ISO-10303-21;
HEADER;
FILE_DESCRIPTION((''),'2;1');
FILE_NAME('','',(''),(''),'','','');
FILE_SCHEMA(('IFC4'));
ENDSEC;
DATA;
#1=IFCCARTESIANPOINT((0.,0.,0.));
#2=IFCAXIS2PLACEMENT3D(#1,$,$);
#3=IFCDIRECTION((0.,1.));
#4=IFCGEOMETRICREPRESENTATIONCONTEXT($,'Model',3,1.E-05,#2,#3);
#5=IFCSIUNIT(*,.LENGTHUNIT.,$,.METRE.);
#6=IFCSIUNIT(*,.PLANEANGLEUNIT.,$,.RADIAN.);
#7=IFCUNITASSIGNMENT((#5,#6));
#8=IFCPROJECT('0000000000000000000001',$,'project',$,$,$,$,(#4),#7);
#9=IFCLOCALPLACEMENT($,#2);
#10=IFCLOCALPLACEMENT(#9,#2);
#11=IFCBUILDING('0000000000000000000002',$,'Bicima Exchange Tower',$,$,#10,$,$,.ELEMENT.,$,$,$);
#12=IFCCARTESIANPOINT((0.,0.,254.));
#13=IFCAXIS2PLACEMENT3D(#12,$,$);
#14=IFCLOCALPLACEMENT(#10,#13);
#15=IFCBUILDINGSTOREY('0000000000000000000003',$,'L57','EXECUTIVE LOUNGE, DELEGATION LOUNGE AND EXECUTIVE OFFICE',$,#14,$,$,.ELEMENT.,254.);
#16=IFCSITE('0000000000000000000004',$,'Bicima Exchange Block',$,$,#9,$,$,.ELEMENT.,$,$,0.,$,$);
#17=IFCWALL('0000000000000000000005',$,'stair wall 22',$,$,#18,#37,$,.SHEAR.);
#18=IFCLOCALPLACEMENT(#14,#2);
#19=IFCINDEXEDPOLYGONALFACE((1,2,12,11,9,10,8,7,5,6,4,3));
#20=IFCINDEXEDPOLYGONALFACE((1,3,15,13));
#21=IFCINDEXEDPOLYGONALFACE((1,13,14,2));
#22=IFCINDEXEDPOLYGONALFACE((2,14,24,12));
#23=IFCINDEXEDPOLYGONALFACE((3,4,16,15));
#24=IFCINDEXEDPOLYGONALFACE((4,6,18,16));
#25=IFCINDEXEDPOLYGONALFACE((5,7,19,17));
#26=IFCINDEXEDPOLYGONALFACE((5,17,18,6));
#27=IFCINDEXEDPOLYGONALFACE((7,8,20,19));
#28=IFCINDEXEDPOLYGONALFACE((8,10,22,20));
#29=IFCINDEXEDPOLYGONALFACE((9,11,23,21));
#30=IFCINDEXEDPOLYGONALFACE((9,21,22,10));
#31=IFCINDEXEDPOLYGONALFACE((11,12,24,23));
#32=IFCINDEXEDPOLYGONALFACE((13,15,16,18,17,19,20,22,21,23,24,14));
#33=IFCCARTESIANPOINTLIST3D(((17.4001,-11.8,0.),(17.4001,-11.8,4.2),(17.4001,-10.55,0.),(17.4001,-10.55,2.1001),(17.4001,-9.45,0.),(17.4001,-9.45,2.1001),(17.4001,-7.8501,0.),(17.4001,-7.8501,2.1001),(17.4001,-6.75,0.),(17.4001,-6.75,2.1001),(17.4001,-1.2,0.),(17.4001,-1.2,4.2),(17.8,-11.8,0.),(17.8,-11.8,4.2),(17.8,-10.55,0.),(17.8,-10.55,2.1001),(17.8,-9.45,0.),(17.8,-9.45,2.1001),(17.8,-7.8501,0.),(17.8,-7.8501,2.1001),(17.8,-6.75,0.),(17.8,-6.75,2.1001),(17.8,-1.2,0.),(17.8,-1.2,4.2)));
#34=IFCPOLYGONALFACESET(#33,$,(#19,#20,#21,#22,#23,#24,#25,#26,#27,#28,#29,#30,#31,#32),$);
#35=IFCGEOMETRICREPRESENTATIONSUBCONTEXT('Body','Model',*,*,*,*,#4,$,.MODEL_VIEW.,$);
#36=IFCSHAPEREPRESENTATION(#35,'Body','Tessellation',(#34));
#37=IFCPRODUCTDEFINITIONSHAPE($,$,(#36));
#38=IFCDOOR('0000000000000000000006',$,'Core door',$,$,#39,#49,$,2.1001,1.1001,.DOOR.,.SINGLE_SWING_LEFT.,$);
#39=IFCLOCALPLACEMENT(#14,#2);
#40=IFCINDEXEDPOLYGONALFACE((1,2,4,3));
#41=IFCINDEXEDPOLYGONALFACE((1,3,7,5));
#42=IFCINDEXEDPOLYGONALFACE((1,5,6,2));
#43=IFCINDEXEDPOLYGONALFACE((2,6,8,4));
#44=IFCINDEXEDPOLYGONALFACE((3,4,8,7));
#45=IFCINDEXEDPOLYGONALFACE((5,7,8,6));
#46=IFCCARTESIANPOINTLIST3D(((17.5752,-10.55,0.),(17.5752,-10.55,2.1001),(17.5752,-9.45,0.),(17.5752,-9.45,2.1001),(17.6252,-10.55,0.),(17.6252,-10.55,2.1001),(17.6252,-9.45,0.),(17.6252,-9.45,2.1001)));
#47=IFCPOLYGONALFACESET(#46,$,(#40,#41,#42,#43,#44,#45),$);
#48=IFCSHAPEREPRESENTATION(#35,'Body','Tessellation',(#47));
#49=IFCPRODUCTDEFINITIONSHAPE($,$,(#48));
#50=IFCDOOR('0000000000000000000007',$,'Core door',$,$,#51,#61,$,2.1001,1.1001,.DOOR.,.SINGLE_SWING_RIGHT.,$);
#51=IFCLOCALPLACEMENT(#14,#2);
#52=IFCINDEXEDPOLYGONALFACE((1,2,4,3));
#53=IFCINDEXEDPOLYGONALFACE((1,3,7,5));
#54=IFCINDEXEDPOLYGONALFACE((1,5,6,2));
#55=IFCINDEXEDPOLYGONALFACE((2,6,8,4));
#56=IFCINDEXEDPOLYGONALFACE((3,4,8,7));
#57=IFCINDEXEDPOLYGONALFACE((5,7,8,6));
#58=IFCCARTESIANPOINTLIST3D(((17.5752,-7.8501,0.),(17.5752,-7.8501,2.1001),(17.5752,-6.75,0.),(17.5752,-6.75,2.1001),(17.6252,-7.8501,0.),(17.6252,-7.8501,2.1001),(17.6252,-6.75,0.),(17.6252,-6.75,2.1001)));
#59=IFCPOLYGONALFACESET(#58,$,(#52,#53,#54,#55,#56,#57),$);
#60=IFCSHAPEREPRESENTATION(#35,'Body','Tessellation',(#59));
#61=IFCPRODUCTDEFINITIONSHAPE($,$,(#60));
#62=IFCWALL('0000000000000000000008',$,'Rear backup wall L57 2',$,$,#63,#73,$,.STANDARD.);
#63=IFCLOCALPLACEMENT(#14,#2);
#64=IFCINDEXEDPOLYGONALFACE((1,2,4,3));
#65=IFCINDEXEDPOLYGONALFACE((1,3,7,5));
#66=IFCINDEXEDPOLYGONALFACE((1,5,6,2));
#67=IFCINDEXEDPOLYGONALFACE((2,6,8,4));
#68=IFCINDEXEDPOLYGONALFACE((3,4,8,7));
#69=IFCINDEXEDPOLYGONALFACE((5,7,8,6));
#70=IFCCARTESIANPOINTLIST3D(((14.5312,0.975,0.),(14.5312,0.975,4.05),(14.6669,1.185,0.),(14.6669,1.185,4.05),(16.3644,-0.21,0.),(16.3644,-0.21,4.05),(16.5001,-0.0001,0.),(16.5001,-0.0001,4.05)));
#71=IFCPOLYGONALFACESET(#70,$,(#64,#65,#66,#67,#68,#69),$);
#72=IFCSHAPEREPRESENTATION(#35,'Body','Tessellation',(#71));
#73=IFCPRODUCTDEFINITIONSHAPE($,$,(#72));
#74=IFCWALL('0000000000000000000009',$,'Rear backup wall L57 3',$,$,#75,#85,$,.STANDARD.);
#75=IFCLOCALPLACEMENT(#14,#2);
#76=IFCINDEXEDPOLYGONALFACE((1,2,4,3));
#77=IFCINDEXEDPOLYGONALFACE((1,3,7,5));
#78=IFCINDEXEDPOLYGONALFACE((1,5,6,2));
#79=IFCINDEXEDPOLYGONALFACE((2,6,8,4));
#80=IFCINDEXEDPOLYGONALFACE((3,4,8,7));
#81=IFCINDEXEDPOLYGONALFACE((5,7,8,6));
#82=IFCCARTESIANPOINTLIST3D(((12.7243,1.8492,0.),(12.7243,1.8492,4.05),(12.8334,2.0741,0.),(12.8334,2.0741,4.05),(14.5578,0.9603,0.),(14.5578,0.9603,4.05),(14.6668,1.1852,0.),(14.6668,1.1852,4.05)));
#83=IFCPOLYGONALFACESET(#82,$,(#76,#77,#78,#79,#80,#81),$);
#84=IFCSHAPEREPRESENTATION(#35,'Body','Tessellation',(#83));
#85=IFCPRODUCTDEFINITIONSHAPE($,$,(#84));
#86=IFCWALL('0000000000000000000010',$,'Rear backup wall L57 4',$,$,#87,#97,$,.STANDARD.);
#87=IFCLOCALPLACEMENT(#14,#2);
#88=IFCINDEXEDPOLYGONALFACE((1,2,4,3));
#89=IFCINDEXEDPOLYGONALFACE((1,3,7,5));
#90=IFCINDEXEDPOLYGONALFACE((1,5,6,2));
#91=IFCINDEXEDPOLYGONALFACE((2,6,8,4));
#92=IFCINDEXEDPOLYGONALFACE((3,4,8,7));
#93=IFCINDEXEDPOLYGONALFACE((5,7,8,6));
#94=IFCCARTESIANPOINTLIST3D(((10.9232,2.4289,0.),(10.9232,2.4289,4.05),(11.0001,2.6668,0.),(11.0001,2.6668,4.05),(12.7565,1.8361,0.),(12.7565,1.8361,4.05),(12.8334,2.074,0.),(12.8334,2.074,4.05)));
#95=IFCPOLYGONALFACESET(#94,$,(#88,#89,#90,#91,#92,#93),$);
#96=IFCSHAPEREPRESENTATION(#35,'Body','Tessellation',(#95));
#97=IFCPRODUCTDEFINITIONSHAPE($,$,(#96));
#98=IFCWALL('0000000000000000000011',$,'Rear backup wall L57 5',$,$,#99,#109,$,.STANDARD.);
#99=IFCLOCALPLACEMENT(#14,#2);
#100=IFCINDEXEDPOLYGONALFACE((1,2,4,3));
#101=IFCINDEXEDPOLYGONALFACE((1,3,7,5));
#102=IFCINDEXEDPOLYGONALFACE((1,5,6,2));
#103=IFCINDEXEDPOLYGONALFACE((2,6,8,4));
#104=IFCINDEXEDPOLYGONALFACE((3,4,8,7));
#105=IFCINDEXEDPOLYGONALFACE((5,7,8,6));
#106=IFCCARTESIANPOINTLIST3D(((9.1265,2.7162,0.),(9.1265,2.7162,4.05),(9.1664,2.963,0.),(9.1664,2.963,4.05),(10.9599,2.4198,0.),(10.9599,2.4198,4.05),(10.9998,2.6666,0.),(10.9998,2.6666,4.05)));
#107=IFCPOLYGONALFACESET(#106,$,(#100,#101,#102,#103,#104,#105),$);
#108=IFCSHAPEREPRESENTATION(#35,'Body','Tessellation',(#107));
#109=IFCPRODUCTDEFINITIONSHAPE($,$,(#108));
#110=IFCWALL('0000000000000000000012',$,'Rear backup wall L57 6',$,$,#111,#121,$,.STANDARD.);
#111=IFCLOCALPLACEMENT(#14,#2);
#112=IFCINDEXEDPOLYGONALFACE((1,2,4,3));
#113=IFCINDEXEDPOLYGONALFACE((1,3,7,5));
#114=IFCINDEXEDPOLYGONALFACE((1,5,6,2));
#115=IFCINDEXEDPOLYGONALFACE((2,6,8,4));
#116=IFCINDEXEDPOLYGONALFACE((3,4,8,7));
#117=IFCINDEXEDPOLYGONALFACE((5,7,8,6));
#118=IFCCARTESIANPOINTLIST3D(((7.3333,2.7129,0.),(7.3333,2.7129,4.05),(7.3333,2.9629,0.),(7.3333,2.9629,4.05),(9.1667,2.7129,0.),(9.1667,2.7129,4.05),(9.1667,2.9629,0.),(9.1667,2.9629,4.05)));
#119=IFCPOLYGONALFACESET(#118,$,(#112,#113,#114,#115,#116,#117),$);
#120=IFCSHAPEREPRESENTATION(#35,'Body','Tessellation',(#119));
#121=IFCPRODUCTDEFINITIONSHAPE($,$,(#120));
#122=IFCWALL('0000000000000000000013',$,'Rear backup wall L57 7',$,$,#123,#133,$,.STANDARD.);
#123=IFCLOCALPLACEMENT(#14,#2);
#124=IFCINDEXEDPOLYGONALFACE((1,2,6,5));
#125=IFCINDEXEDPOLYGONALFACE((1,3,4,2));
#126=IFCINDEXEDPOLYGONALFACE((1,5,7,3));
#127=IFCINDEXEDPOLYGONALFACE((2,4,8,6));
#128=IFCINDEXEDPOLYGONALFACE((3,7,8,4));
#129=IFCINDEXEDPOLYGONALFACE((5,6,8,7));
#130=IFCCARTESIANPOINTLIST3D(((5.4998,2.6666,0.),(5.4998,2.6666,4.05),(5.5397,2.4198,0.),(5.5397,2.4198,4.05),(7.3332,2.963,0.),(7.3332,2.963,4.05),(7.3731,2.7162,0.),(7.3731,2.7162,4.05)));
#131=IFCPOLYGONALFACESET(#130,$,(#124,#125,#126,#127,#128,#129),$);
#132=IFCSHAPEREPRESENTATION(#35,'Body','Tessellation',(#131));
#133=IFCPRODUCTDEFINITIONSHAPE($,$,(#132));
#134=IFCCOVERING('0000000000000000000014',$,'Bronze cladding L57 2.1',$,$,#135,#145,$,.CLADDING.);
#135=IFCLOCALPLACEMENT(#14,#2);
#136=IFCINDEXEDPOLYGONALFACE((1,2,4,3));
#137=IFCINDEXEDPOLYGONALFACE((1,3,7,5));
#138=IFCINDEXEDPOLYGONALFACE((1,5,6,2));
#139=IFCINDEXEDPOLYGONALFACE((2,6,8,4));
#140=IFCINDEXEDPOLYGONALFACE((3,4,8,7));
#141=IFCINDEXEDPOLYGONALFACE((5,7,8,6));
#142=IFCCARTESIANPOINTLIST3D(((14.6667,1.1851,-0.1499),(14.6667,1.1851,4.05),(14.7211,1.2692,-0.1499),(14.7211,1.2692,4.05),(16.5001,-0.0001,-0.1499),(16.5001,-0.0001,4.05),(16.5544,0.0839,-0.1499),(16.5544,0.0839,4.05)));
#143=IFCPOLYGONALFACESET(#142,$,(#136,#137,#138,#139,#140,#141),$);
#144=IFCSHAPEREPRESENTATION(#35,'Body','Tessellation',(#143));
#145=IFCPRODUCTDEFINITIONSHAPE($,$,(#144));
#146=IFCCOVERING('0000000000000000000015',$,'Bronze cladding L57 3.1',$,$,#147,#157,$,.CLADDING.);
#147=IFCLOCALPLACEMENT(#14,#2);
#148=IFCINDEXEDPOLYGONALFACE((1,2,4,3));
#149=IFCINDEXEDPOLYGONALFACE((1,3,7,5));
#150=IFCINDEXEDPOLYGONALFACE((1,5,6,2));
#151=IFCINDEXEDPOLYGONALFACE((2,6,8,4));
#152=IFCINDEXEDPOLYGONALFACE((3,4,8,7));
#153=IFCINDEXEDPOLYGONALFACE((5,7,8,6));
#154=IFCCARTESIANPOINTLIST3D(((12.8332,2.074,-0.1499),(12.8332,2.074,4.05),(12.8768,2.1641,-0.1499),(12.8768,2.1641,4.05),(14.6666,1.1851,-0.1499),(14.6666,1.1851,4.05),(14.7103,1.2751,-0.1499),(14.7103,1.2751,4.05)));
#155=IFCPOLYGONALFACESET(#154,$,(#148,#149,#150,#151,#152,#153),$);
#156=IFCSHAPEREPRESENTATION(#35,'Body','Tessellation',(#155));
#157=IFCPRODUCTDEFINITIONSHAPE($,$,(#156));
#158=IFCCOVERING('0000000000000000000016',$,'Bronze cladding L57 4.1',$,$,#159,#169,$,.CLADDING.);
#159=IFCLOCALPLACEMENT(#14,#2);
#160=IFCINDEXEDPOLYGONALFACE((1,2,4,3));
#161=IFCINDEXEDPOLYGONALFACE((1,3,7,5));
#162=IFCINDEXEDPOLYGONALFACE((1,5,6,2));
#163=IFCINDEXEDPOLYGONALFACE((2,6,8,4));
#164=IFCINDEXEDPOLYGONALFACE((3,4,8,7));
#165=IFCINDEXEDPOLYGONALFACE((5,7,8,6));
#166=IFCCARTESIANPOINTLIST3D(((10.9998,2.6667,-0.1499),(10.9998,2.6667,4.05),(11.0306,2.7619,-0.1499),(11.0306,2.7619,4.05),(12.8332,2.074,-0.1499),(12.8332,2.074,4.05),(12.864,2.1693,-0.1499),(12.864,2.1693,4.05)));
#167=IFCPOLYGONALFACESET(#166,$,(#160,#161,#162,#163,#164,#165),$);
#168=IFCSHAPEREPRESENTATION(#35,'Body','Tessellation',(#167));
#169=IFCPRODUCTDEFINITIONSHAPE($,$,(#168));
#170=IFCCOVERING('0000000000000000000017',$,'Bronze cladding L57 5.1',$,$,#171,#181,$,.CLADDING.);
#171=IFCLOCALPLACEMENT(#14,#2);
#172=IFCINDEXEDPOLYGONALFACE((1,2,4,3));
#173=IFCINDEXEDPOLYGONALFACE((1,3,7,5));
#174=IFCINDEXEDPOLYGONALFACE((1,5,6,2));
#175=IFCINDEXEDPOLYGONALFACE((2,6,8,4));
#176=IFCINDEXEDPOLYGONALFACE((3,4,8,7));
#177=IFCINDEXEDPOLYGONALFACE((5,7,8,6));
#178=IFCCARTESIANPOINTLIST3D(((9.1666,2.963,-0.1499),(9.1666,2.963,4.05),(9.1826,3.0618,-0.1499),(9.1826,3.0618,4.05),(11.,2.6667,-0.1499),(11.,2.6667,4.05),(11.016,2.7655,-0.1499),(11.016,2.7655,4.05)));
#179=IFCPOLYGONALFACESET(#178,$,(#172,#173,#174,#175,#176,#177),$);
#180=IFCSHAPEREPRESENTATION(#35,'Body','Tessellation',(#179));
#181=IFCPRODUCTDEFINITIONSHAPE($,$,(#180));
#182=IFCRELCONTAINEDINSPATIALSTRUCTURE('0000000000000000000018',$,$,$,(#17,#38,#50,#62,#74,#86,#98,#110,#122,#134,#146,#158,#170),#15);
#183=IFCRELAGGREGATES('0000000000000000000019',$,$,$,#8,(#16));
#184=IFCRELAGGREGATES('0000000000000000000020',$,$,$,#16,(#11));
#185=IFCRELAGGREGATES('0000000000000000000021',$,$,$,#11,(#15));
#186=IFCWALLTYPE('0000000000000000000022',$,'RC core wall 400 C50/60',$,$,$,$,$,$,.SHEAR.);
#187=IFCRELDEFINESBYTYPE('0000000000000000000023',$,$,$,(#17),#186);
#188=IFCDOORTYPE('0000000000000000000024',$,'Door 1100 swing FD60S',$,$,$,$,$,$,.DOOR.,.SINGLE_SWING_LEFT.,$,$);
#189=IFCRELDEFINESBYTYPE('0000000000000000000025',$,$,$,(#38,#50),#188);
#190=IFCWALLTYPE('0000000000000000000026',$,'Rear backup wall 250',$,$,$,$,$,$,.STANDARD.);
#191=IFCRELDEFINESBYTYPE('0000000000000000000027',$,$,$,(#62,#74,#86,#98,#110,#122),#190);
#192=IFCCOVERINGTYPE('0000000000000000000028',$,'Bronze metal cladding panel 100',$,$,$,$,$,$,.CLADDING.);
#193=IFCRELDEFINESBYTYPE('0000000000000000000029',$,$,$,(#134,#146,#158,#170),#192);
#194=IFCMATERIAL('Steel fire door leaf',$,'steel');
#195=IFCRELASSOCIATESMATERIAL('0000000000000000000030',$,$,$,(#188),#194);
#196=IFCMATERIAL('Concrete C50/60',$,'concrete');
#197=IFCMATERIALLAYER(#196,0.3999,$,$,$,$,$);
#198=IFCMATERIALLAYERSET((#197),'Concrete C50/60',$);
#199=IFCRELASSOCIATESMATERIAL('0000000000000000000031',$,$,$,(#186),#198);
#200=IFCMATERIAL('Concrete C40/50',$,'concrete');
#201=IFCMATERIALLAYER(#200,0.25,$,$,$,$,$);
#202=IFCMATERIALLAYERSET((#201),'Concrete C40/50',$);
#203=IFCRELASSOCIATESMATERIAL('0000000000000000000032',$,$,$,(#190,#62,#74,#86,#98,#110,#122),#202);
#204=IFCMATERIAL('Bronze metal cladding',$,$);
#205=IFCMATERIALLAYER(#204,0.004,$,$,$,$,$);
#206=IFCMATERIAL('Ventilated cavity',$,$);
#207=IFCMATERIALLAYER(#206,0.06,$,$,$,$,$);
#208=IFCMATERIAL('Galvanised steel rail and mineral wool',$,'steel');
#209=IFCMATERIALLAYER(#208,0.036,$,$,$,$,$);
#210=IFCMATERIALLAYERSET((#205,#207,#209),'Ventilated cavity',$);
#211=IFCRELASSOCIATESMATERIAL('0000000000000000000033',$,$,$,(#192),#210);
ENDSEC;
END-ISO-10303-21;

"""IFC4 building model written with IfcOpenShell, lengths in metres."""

from ifc_helpers import new_model, si_unit, direction, frame, frame_2d, origin, origin_2d, place, context, subcontext, project, spatial, rectangle, extrude, material, layer, layer_set, layer_usage, type_object, element, fill, save


model = new_model("IFC4")

# Units and contexts
model_context = context("Model", 3, precision=1e-05, world=origin(), true_north=direction((0.0, 1.0)))
body_context = subcontext(model_context, "Body", "Model", "MODEL_VIEW")
ifc_project = project(units=[si_unit("LENGTHUNIT", "METRE"), si_unit("PLANEANGLEUNIT", "RADIAN")], contexts=[model_context])

# Site, building, storey
site_placement = place(None, origin())
site = spatial("IfcSite", under=ifc_project, at=site_placement, Name="Bicima Exchange Block", CompositionType="ELEMENT", RefElevation=0.0)
building_placement = place(site_placement, origin())
building = spatial("IfcBuilding", under=site, at=building_placement, Name="Bicima Exchange Tower", CompositionType="ELEMENT")
storey_placement = place(building_placement, frame((0.0, 0.0, 254.0)))
storey = spatial("IfcBuildingStorey", under=building, at=storey_placement, Name="L57", Description="EXECUTIVE LOUNGE, DELEGATION LOUNGE AND EXECUTIVE OFFICE", CompositionType="ELEMENT", Elevation=254.0)

# Shared definitions
ifc_material_1 = material(Name="Concrete C40/50", Category="concrete")
ifc_material_2 = material(Name="Steel fire door leaf", Category="steel")
door_type_1 = type_object("IfcDoorType", Name="Door 1100 swing FD60S", OperationType="SINGLE_SWING_LEFT", PredefinedType="DOOR", material=ifc_material_2)
ifc_material_3 = material(Name="Concrete C50/60", Category="concrete")
ifc_layer_1 = layer(ifc_material_3, 0.3999)
ifc_layer_set_1 = layer_set([ifc_layer_1], Name="Concrete C50/60")
wall_type_1 = type_object("IfcWallType", Name="RC core wall 400 C50/60", PredefinedType="SHEAR", material=ifc_layer_set_1)

# Wall, openings, doors
wall_1_placement = place(storey_placement, frame((17.6001, -11.8, 0.0), z_axis=(0.0, 0.0, 1.0), x_axis=(0.0, 1.0, 0.0)))
wall_1 = element("IfcWall", 1, at=wall_1_placement, inside=storey, type_object=wall_type_1, Name="stair wall 22", PredefinedType="SHEAR", context=body_context, shape_type="SweptSolid", body=[
    extrude(rectangle(XDim=10.6001, YDim=0.3999, at=frame_2d((5.3, 0.0))), origin(), (0.0, 0.0, 1.0), 4.2),
])
opening_1_placement = place(wall_1_placement, frame((1.25, 0.0, 0.0)))
opening_1 = element("IfcOpeningElement", 2, at=opening_1_placement, cuts=wall_1, PredefinedType="OPENING", context=body_context, shape_type="SweptSolid", body=[
    extrude(rectangle(XDim=1.1001, YDim=2.1001, at=frame_2d((0.55, 1.05))), frame((0.0, 0.2119, 0.0), z_axis=(0.0, -1.0, 0.0), x_axis=(1.0, 0.0, 0.0)), (0.0, 0.0, 1.0), 0.4238),
])
opening_2_placement = place(wall_1_placement, frame((3.95, 0.0, 0.0)))
opening_2 = element("IfcOpeningElement", 3, at=opening_2_placement, cuts=wall_1, PredefinedType="OPENING", context=body_context, shape_type="SweptSolid", body=[
    extrude(rectangle(XDim=1.1001, YDim=2.1001, at=frame_2d((0.55, 1.05))), frame((0.0, 0.2119, 0.0), z_axis=(0.0, -1.0, 0.0), x_axis=(1.0, 0.0, 0.0)), (0.0, 0.0, 1.0), 0.4238),
])
door_1_placement = place(opening_1_placement, origin())
door_1 = element("IfcDoor", 4, at=door_1_placement, inside=storey, type_object=door_type_1, Name="Core door", OperationType="SINGLE_SWING_LEFT", OverallHeight=2.1001, OverallWidth=1.1001, PredefinedType="DOOR", context=body_context, shape_type="SweptSolid", body=[
    extrude(rectangle(XDim=1.1001, YDim=2.1001, at=frame_2d((0.55, 1.05))), frame((0.0, 0.0249, 0.0), z_axis=(0.0, -1.0, 0.0), x_axis=(1.0, 0.0, 0.0)), (0.0, 0.0, 1.0), 0.05),
])
fill(opening_1, door_1)
door_2_placement = place(opening_2_placement, origin())
door_2 = element("IfcDoor", 5, at=door_2_placement, inside=storey, type_object=door_type_1, Name="Core door", OperationType="SINGLE_SWING_RIGHT", OverallHeight=2.1001, OverallWidth=1.1001, PredefinedType="DOOR", context=body_context, shape_type="SweptSolid", body=[
    extrude(rectangle(XDim=1.1001, YDim=2.1001, at=frame_2d((0.55, 1.05))), frame((0.0, 0.0249, 0.0), z_axis=(0.0, -1.0, 0.0), x_axis=(1.0, 0.0, 0.0)), (0.0, 0.0, 1.0), 0.05),
])
fill(opening_2, door_2)

# Walls
ifc_layer_2 = layer(ifc_material_1, 0.25)
ifc_layer_set_2 = layer_set([ifc_layer_2], Name="Concrete C40/50")
ifc_layer_usage = layer_usage(ifc_layer_set_2, "AXIS2", "POSITIVE", -0.125)
wall_type_2 = type_object("IfcWallType", Name="Rear backup wall 250", PredefinedType="STANDARD", material=ifc_layer_set_2)
wall_2_placement = place(storey_placement, frame((16.4321, -0.105, 0.0), z_axis=(0.0, 0.0, 1.0), x_axis=(-0.839813, 0.542876, 0.0)))
element("IfcWall", 6, at=wall_2_placement, inside=storey, type_object=wall_type_2, material=ifc_layer_usage, Name="Rear backup wall L57 2", PredefinedType="STANDARD", context=body_context, shape_type="SweptSolid", body=[
    extrude(rectangle(XDim=2.1829, YDim=0.25, at=frame_2d((1.0913, 0.0))), origin(), (0.0, 0.0, 1.0), 4.05),
])
wall_3_placement = place(storey_placement, frame((14.6123, 1.0728, 0.0), z_axis=(0.0, 0.0, 1.0), x_axis=(-0.899824, 0.436253, 0.0)))
element("IfcWall", 7, at=wall_3_placement, inside=storey, type_object=wall_type_2, material=ifc_layer_usage, Name="Rear backup wall L57 3", PredefinedType="STANDARD", context=body_context, shape_type="SweptSolid", body=[
    extrude(rectangle(XDim=2.0376, YDim=0.25, at=frame_2d((1.0188, 0.0))), origin(), (0.0, 0.0, 1.0), 4.05),
])
wall_4_placement = place(storey_placement, frame((12.7949, 1.9551, 0.0), z_axis=(0.0, 0.0, 1.0), x_axis=(-0.951496, 0.307662, 0.0)))
element("IfcWall", 8, at=wall_4_placement, inside=storey, type_object=wall_type_2, material=ifc_layer_usage, Name="Rear backup wall L57 4", PredefinedType="STANDARD", context=body_context, shape_type="SweptSolid", body=[
    extrude(rectangle(XDim=1.9268, YDim=0.25, at=frame_2d((0.9634, 0.0))), origin(), (0.0, 0.0, 1.0), 4.05),
])
wall_5_placement = place(storey_placement, frame((10.98, 2.5432, 0.0), z_axis=(0.0, 0.0, 1.0), x_axis=(-0.987182, 0.1596, 0.0)))
element("IfcWall", 9, at=wall_5_placement, inside=storey, type_object=wall_type_2, material=ifc_layer_usage, Name="Rear backup wall L57 5", PredefinedType="STANDARD", context=body_context, shape_type="SweptSolid", body=[
    extrude(rectangle(XDim=1.8572, YDim=0.25, at=frame_2d((0.9287, 0.0))), origin(), (0.0, 0.0, 1.0), 4.05),
])
wall_6_placement = place(storey_placement, frame((9.1667, 2.8379, 0.0), z_axis=(0.0, 0.0, 1.0), x_axis=(-1.0, 0.0, 0.0)))
element("IfcWall", 10, at=wall_6_placement, inside=storey, type_object=wall_type_2, material=ifc_layer_usage, Name="Rear backup wall L57 6", PredefinedType="STANDARD", context=body_context, shape_type="SweptSolid", body=[
    extrude(rectangle(XDim=1.8335, YDim=0.25, at=frame_2d((0.9167, 0.0))), origin(), (0.0, 0.0, 1.0), 4.05),
])
wall_7_placement = place(storey_placement, frame((7.3533, 2.8396, 0.0), z_axis=(0.0, 0.0, 1.0), x_axis=(-0.987182, -0.1596, 0.0)))
element("IfcWall", 11, at=wall_7_placement, inside=storey, type_object=wall_type_2, material=ifc_layer_usage, Name="Rear backup wall L57 7", PredefinedType="STANDARD", context=body_context, shape_type="SweptSolid", body=[
    extrude(rectangle(XDim=1.8572, YDim=0.25, at=frame_2d((0.9287, 0.0))), origin(), (0.0, 0.0, 1.0), 4.05),
])

# Coverings
ifc_material_4 = material(Name="Bronze metal cladding")
ifc_layer_3 = layer(ifc_material_4, 0.004)
ifc_material_5 = material(Name="Ventilated cavity")
ifc_layer_4 = layer(ifc_material_5, 0.06)
ifc_material_6 = material(Name="Galvanised steel rail and mineral wool", Category="steel")
ifc_layer_5 = layer(ifc_material_6, 0.036)
ifc_layer_set_3 = layer_set([ifc_layer_3, ifc_layer_4, ifc_layer_5], Name="Ventilated cavity")
covering_type = type_object("IfcCoveringType", Name="Bronze metal cladding panel 100", PredefinedType="CLADDING", material=ifc_layer_set_3)
covering_1_placement = place(storey_placement, frame((15.6106, 0.6345, -0.1499), z_axis=(0.0, 0.0, 1.0), x_axis=(-0.83979, 0.542911, 0.0)))
element("IfcCovering", 12, at=covering_1_placement, inside=storey, type_object=covering_type, Name="Bronze cladding L57 2.1", PredefinedType="CLADDING", context=body_context, shape_type="SweptSolid", body=[
    extrude(rectangle(XDim=2.1831, YDim=0.1001, at=origin_2d()), origin(), (0.0, 0.0, 1.0), 4.2),
])
covering_2_placement = place(storey_placement, frame((13.7717, 1.6746, -0.1499), z_axis=(0.0, 0.0, 1.0), x_axis=(-0.899818, 0.436265, 0.0)))
element("IfcCovering", 13, at=covering_2_placement, inside=storey, type_object=covering_type, Name="Bronze cladding L57 3.1", PredefinedType="CLADDING", context=body_context, shape_type="SweptSolid", body=[
    extrude(rectangle(XDim=2.0376, YDim=0.1001, at=origin_2d()), origin(), (0.0, 0.0, 1.0), 4.2),
])
covering_3_placement = place(storey_placement, frame((11.9319, 2.418, -0.1499), z_axis=(0.0, 0.0, 1.0), x_axis=(-0.951525, 0.307573, 0.0)))
element("IfcCovering", 14, at=covering_3_placement, inside=storey, type_object=covering_type, Name="Bronze cladding L57 4.1", PredefinedType="CLADDING", context=body_context, shape_type="SweptSolid", body=[
    extrude(rectangle(XDim=1.9268, YDim=0.1001, at=origin_2d()), origin(), (0.0, 0.0, 1.0), 4.2),
])
covering_4_placement = place(storey_placement, frame((10.0913, 2.8643, -0.1499), z_axis=(0.0, 0.0, 1.0), x_axis=(-0.98719, 0.15955, 0.0)))
element("IfcCovering", 15, at=covering_4_placement, inside=storey, type_object=covering_type, Name="Bronze cladding L57 5.1", PredefinedType="CLADDING", context=body_context, shape_type="SweptSolid", body=[
    extrude(rectangle(XDim=1.8572, YDim=0.1001, at=origin_2d()), origin(), (0.0, 0.0, 1.0), 4.2),
])

save(model, "model.ifc")
